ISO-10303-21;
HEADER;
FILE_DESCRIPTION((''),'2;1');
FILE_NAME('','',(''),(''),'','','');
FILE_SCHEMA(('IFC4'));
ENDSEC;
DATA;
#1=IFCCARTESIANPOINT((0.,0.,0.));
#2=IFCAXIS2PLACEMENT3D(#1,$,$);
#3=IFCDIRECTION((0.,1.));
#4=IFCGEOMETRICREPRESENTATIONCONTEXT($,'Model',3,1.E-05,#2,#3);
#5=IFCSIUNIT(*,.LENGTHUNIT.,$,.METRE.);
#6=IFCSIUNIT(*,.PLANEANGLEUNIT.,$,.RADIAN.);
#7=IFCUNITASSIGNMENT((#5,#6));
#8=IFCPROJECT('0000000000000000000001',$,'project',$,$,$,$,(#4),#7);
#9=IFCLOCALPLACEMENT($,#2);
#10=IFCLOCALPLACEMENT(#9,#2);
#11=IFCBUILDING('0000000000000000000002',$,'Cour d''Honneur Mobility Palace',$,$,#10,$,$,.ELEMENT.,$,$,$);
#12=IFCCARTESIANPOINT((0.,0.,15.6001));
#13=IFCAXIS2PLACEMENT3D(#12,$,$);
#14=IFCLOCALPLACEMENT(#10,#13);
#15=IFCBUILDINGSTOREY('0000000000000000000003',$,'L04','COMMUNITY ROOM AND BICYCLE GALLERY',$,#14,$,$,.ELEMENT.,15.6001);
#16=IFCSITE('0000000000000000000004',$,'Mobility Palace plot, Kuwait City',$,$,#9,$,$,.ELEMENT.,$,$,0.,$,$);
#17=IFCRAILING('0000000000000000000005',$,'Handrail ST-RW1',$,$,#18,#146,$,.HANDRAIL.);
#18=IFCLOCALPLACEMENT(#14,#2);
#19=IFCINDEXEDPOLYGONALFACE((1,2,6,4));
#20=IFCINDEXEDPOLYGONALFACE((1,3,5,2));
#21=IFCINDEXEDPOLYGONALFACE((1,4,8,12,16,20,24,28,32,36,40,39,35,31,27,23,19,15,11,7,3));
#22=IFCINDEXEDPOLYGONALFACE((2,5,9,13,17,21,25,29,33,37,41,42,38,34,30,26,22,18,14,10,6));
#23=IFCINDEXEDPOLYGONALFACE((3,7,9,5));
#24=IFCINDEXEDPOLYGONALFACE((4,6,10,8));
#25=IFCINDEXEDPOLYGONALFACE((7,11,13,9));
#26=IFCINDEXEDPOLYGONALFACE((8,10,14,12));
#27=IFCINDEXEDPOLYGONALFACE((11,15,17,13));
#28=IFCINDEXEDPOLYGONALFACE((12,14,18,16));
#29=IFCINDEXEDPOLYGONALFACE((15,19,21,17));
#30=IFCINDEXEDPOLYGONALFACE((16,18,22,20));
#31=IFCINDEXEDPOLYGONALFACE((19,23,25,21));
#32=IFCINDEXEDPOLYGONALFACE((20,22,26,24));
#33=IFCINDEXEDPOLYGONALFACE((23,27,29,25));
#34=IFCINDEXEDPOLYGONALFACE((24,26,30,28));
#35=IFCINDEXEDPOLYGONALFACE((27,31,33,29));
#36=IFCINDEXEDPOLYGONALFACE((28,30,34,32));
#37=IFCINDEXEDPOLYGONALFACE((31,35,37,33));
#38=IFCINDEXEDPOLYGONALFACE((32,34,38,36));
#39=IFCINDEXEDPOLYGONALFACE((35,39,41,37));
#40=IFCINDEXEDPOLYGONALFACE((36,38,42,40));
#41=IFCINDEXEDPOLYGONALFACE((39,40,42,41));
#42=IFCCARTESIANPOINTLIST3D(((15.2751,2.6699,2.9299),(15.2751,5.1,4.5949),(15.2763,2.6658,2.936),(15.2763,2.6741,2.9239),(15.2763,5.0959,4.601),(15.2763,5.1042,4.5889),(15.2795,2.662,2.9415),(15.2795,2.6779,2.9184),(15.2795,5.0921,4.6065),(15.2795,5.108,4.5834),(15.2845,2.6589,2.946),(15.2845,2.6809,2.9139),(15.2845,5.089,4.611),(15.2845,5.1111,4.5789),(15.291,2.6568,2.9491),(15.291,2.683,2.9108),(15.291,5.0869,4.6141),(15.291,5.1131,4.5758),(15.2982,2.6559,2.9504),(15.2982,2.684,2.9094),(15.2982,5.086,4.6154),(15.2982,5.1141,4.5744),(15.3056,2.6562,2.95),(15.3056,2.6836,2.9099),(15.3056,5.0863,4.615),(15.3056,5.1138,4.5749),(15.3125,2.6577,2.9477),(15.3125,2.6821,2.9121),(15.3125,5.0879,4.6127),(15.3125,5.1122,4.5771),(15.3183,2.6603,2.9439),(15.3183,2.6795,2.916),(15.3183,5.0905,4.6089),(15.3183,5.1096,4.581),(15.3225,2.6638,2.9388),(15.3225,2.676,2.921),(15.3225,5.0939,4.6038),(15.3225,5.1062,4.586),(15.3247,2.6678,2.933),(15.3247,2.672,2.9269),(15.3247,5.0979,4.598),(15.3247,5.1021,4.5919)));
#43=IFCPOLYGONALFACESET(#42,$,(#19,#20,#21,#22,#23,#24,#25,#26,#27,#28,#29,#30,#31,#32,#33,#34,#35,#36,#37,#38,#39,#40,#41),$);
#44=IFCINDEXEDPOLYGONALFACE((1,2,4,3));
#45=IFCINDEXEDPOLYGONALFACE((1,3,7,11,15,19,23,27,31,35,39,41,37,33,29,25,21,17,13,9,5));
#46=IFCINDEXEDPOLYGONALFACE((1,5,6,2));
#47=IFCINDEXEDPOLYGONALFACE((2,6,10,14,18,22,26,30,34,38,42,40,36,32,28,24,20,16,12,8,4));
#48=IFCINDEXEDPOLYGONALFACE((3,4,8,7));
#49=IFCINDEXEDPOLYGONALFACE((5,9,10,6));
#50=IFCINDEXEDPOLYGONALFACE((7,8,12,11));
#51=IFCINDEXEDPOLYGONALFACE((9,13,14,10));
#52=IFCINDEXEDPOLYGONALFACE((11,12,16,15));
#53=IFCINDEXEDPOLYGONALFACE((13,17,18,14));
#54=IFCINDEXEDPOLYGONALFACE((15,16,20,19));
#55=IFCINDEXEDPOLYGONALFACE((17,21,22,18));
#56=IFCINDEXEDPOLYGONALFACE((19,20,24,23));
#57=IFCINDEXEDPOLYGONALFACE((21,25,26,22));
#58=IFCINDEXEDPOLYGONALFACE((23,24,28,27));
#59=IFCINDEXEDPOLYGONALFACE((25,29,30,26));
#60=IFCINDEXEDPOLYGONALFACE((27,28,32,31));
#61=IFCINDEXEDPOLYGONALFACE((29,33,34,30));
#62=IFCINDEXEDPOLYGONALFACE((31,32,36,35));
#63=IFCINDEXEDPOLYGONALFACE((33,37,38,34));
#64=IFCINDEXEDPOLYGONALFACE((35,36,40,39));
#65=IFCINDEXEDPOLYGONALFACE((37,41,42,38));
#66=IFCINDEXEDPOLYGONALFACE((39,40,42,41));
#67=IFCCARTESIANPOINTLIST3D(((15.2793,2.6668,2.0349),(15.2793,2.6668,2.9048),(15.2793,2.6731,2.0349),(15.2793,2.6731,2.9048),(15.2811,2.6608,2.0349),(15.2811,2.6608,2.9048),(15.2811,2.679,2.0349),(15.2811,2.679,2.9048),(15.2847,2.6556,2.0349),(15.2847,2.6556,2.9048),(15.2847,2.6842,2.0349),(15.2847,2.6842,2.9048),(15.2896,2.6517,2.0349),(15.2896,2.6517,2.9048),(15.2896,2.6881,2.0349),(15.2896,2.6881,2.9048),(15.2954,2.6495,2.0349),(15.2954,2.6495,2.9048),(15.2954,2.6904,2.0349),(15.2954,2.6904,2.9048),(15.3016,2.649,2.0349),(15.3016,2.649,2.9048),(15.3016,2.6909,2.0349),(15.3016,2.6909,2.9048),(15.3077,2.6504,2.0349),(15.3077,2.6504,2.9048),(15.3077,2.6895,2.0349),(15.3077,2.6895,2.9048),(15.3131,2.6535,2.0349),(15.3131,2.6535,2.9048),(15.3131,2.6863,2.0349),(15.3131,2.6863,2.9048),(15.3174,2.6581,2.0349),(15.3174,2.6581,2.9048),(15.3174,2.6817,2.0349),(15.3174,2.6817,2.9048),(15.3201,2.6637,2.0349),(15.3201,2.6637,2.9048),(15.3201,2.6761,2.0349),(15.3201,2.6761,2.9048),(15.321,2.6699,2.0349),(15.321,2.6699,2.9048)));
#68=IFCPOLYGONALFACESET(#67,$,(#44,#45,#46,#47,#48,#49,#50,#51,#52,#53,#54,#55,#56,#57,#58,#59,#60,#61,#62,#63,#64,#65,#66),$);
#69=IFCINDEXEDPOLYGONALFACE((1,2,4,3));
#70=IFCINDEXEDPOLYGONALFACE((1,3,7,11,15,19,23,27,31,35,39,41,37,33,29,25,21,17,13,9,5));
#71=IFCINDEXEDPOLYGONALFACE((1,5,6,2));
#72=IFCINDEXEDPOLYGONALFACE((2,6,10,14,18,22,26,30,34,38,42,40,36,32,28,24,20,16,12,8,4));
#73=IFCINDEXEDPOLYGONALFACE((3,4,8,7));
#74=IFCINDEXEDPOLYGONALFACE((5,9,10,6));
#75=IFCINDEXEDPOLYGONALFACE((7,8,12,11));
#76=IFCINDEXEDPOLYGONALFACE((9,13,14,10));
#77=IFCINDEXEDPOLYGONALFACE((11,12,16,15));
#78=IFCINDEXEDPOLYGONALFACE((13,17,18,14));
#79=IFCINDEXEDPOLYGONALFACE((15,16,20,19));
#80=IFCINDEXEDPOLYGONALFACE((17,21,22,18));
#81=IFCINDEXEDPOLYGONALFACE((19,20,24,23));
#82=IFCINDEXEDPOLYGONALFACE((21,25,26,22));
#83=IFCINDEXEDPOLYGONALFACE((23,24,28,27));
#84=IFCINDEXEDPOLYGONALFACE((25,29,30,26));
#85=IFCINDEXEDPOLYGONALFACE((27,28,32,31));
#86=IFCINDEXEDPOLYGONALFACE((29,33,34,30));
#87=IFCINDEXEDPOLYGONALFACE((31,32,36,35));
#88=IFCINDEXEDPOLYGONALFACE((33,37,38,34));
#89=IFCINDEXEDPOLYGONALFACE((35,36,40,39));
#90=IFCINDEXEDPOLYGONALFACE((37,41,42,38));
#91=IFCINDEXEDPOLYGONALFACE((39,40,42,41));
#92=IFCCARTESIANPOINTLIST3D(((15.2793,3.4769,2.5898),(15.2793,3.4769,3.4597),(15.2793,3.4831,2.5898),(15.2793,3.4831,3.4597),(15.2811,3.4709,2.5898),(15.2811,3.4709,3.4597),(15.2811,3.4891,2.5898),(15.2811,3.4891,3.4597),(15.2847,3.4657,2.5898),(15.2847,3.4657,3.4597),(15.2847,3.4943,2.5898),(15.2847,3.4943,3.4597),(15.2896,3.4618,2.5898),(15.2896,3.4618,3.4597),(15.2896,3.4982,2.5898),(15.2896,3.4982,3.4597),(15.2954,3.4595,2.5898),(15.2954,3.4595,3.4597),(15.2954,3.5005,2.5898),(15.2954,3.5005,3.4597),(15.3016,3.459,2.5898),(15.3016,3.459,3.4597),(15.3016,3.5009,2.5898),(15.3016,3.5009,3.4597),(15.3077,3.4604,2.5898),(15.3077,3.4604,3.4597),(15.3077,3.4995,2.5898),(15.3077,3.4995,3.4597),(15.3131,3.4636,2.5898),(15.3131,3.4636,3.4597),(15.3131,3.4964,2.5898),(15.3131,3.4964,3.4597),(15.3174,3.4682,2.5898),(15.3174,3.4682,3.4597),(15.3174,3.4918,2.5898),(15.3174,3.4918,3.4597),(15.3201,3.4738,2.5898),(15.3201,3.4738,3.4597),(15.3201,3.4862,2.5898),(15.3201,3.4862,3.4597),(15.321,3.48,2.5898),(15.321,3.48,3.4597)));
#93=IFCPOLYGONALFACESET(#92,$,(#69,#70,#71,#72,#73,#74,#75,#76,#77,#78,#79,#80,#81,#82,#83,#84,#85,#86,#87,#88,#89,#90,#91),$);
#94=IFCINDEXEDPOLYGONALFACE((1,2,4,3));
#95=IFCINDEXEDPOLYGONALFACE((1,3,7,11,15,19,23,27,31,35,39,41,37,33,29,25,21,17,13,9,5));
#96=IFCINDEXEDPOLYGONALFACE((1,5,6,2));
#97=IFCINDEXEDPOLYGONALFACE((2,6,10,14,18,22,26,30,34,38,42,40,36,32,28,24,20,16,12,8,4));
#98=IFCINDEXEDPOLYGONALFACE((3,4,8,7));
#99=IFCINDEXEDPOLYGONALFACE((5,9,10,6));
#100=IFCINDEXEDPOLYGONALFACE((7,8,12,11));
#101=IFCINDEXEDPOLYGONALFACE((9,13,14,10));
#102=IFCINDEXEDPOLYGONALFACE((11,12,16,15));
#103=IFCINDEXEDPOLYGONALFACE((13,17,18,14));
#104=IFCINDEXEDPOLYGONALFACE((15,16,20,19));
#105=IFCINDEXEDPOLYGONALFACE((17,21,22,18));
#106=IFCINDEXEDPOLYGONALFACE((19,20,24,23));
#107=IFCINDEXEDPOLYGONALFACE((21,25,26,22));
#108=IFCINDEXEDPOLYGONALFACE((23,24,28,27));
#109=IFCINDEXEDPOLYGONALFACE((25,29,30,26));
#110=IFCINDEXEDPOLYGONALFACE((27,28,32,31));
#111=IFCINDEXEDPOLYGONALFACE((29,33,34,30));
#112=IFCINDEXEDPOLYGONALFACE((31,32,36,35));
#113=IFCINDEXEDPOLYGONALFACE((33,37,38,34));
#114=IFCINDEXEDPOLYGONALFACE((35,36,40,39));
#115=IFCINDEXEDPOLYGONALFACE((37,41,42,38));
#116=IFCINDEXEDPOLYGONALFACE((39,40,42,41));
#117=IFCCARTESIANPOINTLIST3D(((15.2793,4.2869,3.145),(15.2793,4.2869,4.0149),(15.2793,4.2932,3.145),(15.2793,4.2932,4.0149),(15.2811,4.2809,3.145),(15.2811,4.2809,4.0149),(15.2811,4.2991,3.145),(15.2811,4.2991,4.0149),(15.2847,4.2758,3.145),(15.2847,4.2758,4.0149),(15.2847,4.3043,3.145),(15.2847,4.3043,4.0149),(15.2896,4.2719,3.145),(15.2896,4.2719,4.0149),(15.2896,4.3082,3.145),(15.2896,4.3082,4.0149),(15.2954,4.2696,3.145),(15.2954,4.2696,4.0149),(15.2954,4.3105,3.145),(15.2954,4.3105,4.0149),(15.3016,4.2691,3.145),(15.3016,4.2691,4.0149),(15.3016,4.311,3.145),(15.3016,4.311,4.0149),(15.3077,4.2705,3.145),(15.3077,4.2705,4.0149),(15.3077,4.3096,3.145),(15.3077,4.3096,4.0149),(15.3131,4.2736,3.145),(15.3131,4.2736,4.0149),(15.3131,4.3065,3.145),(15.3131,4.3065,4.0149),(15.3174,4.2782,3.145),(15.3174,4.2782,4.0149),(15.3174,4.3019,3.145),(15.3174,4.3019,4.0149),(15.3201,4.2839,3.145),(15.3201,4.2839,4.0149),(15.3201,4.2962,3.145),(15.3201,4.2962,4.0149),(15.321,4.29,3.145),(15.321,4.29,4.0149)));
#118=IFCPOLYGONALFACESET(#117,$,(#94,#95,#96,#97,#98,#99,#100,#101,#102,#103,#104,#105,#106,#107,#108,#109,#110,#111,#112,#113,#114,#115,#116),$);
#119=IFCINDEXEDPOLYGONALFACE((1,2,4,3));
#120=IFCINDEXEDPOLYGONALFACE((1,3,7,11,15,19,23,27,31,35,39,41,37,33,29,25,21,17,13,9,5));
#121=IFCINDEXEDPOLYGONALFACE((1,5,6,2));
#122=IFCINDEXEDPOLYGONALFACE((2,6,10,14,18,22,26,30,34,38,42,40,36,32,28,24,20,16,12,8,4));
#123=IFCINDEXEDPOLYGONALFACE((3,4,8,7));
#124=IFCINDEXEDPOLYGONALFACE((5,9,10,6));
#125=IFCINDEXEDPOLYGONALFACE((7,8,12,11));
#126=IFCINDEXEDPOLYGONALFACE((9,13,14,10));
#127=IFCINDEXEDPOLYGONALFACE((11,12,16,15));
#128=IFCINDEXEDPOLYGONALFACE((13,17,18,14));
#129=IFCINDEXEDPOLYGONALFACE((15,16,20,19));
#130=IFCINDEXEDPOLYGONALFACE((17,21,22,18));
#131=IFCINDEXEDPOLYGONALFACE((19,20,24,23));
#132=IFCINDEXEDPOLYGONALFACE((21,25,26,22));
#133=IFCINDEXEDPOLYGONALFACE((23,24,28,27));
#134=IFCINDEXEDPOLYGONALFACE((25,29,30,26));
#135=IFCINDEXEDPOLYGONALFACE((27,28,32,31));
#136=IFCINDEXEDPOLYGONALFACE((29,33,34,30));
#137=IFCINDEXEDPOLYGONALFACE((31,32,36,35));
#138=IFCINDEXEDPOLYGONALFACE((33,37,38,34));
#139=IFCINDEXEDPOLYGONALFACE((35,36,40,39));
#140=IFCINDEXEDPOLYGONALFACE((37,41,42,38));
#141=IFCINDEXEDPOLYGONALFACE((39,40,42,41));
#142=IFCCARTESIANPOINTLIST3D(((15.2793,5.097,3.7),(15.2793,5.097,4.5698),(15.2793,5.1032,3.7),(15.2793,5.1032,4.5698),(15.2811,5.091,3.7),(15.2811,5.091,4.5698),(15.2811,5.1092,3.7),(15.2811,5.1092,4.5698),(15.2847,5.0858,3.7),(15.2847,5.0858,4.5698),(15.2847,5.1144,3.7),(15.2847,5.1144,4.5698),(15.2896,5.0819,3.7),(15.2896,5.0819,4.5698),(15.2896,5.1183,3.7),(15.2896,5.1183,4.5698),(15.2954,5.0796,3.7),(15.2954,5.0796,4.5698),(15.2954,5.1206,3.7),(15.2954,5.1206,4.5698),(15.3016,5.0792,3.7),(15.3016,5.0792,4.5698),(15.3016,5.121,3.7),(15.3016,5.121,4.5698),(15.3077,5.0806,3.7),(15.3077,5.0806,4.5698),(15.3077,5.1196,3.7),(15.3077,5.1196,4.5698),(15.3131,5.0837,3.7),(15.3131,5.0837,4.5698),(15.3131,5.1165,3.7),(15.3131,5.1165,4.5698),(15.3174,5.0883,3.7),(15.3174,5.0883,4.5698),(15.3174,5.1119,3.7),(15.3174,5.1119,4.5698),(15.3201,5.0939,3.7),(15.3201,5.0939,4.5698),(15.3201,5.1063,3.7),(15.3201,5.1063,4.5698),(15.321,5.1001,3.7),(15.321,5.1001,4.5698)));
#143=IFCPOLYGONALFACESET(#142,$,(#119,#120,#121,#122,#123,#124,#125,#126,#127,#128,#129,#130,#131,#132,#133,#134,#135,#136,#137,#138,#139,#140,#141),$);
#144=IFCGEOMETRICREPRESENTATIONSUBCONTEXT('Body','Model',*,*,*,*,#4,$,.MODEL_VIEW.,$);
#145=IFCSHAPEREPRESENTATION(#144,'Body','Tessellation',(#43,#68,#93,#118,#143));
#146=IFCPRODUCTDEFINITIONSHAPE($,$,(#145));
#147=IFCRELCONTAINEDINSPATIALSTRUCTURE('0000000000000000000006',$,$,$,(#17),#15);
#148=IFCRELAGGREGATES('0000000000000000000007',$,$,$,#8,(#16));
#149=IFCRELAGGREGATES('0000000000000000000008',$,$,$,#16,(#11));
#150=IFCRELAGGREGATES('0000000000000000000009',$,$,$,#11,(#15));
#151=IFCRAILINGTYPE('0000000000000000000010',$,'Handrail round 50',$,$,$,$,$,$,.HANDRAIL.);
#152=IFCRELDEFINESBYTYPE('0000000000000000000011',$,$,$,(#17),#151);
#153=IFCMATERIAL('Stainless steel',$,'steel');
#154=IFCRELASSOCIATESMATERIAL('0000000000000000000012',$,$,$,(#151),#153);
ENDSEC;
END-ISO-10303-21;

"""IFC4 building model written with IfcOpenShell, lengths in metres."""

from ifc_helpers import new_model, si_unit, direction, frame, origin, origin_2d, place, context, subcontext, project, spatial, circle, extrude, material, type_object, element, save


model = new_model("IFC4")

# Units and contexts
model_context = context("Model", 3, precision=1e-05, world=origin(), true_north=direction((0.0, 1.0)))
body_context = subcontext(model_context, "Body", "Model", "MODEL_VIEW")
ifc_project = project(units=[si_unit("LENGTHUNIT", "METRE"), si_unit("PLANEANGLEUNIT", "RADIAN")], contexts=[model_context])

# Site, building, storey
site_placement = place(None, origin())
site = spatial("IfcSite", under=ifc_project, at=site_placement, Name="Mobility Palace plot, Kuwait City", CompositionType="ELEMENT", RefElevation=0.0)
building_placement = place(site_placement, origin())
building = spatial("IfcBuilding", under=site, at=building_placement, Name="Cour d'Honneur Mobility Palace", CompositionType="ELEMENT")
storey_placement = place(building_placement, frame((0.0, 0.0, 15.6001)))
storey = spatial("IfcBuildingStorey", under=building, at=storey_placement, Name="L04", Description="COMMUNITY ROOM AND BICYCLE GALLERY", CompositionType="ELEMENT", Elevation=15.6001)

# Railing
ifc_material_1 = material(Name="Stainless steel", Category="steel")
railing_type_1 = type_object("IfcRailingType", Name="Handrail round 50", PredefinedType="HANDRAIL", material=ifc_material_1)
for number, where, name in (
    (1, (15.3, 2.6699, 2.0349), "Handrail ST-RW1"),
):
    element("IfcRailing", number, at=place(storey_placement, frame(where)), inside=storey, type_object=railing_type_1, Name=name, PredefinedType="HANDRAIL", context=body_context, shape_type="SweptSolid", body=[
        extrude(circle(Radius=0.0249, at=origin_2d()), frame((0.0, 0.0, 0.895), z_axis=(0.0, 0.824945, 0.565213), x_axis=(-1.0, 0.0, 0.0)), (0.0, 0.0, 1.0), 2.9458),
        extrude(circle(Radius=0.021, at=origin_2d()), origin(), (0.0, 0.0, 1.0), 0.8699),
        extrude(circle(Radius=0.021, at=origin_2d()), frame((0.0, 0.8101, 0.5549)), (0.0, 0.0, 1.0), 0.8699),
        extrude(circle(Radius=0.021, at=origin_2d()), frame((0.0, 1.6201, 1.1101)), (0.0, 0.0, 1.0), 0.8699),
        extrude(circle(Radius=0.021, at=origin_2d()), frame((0.0, 2.4302, 1.665)), (0.0, 0.0, 1.0), 0.8699),
    ])

save(model, "model.ifc")
